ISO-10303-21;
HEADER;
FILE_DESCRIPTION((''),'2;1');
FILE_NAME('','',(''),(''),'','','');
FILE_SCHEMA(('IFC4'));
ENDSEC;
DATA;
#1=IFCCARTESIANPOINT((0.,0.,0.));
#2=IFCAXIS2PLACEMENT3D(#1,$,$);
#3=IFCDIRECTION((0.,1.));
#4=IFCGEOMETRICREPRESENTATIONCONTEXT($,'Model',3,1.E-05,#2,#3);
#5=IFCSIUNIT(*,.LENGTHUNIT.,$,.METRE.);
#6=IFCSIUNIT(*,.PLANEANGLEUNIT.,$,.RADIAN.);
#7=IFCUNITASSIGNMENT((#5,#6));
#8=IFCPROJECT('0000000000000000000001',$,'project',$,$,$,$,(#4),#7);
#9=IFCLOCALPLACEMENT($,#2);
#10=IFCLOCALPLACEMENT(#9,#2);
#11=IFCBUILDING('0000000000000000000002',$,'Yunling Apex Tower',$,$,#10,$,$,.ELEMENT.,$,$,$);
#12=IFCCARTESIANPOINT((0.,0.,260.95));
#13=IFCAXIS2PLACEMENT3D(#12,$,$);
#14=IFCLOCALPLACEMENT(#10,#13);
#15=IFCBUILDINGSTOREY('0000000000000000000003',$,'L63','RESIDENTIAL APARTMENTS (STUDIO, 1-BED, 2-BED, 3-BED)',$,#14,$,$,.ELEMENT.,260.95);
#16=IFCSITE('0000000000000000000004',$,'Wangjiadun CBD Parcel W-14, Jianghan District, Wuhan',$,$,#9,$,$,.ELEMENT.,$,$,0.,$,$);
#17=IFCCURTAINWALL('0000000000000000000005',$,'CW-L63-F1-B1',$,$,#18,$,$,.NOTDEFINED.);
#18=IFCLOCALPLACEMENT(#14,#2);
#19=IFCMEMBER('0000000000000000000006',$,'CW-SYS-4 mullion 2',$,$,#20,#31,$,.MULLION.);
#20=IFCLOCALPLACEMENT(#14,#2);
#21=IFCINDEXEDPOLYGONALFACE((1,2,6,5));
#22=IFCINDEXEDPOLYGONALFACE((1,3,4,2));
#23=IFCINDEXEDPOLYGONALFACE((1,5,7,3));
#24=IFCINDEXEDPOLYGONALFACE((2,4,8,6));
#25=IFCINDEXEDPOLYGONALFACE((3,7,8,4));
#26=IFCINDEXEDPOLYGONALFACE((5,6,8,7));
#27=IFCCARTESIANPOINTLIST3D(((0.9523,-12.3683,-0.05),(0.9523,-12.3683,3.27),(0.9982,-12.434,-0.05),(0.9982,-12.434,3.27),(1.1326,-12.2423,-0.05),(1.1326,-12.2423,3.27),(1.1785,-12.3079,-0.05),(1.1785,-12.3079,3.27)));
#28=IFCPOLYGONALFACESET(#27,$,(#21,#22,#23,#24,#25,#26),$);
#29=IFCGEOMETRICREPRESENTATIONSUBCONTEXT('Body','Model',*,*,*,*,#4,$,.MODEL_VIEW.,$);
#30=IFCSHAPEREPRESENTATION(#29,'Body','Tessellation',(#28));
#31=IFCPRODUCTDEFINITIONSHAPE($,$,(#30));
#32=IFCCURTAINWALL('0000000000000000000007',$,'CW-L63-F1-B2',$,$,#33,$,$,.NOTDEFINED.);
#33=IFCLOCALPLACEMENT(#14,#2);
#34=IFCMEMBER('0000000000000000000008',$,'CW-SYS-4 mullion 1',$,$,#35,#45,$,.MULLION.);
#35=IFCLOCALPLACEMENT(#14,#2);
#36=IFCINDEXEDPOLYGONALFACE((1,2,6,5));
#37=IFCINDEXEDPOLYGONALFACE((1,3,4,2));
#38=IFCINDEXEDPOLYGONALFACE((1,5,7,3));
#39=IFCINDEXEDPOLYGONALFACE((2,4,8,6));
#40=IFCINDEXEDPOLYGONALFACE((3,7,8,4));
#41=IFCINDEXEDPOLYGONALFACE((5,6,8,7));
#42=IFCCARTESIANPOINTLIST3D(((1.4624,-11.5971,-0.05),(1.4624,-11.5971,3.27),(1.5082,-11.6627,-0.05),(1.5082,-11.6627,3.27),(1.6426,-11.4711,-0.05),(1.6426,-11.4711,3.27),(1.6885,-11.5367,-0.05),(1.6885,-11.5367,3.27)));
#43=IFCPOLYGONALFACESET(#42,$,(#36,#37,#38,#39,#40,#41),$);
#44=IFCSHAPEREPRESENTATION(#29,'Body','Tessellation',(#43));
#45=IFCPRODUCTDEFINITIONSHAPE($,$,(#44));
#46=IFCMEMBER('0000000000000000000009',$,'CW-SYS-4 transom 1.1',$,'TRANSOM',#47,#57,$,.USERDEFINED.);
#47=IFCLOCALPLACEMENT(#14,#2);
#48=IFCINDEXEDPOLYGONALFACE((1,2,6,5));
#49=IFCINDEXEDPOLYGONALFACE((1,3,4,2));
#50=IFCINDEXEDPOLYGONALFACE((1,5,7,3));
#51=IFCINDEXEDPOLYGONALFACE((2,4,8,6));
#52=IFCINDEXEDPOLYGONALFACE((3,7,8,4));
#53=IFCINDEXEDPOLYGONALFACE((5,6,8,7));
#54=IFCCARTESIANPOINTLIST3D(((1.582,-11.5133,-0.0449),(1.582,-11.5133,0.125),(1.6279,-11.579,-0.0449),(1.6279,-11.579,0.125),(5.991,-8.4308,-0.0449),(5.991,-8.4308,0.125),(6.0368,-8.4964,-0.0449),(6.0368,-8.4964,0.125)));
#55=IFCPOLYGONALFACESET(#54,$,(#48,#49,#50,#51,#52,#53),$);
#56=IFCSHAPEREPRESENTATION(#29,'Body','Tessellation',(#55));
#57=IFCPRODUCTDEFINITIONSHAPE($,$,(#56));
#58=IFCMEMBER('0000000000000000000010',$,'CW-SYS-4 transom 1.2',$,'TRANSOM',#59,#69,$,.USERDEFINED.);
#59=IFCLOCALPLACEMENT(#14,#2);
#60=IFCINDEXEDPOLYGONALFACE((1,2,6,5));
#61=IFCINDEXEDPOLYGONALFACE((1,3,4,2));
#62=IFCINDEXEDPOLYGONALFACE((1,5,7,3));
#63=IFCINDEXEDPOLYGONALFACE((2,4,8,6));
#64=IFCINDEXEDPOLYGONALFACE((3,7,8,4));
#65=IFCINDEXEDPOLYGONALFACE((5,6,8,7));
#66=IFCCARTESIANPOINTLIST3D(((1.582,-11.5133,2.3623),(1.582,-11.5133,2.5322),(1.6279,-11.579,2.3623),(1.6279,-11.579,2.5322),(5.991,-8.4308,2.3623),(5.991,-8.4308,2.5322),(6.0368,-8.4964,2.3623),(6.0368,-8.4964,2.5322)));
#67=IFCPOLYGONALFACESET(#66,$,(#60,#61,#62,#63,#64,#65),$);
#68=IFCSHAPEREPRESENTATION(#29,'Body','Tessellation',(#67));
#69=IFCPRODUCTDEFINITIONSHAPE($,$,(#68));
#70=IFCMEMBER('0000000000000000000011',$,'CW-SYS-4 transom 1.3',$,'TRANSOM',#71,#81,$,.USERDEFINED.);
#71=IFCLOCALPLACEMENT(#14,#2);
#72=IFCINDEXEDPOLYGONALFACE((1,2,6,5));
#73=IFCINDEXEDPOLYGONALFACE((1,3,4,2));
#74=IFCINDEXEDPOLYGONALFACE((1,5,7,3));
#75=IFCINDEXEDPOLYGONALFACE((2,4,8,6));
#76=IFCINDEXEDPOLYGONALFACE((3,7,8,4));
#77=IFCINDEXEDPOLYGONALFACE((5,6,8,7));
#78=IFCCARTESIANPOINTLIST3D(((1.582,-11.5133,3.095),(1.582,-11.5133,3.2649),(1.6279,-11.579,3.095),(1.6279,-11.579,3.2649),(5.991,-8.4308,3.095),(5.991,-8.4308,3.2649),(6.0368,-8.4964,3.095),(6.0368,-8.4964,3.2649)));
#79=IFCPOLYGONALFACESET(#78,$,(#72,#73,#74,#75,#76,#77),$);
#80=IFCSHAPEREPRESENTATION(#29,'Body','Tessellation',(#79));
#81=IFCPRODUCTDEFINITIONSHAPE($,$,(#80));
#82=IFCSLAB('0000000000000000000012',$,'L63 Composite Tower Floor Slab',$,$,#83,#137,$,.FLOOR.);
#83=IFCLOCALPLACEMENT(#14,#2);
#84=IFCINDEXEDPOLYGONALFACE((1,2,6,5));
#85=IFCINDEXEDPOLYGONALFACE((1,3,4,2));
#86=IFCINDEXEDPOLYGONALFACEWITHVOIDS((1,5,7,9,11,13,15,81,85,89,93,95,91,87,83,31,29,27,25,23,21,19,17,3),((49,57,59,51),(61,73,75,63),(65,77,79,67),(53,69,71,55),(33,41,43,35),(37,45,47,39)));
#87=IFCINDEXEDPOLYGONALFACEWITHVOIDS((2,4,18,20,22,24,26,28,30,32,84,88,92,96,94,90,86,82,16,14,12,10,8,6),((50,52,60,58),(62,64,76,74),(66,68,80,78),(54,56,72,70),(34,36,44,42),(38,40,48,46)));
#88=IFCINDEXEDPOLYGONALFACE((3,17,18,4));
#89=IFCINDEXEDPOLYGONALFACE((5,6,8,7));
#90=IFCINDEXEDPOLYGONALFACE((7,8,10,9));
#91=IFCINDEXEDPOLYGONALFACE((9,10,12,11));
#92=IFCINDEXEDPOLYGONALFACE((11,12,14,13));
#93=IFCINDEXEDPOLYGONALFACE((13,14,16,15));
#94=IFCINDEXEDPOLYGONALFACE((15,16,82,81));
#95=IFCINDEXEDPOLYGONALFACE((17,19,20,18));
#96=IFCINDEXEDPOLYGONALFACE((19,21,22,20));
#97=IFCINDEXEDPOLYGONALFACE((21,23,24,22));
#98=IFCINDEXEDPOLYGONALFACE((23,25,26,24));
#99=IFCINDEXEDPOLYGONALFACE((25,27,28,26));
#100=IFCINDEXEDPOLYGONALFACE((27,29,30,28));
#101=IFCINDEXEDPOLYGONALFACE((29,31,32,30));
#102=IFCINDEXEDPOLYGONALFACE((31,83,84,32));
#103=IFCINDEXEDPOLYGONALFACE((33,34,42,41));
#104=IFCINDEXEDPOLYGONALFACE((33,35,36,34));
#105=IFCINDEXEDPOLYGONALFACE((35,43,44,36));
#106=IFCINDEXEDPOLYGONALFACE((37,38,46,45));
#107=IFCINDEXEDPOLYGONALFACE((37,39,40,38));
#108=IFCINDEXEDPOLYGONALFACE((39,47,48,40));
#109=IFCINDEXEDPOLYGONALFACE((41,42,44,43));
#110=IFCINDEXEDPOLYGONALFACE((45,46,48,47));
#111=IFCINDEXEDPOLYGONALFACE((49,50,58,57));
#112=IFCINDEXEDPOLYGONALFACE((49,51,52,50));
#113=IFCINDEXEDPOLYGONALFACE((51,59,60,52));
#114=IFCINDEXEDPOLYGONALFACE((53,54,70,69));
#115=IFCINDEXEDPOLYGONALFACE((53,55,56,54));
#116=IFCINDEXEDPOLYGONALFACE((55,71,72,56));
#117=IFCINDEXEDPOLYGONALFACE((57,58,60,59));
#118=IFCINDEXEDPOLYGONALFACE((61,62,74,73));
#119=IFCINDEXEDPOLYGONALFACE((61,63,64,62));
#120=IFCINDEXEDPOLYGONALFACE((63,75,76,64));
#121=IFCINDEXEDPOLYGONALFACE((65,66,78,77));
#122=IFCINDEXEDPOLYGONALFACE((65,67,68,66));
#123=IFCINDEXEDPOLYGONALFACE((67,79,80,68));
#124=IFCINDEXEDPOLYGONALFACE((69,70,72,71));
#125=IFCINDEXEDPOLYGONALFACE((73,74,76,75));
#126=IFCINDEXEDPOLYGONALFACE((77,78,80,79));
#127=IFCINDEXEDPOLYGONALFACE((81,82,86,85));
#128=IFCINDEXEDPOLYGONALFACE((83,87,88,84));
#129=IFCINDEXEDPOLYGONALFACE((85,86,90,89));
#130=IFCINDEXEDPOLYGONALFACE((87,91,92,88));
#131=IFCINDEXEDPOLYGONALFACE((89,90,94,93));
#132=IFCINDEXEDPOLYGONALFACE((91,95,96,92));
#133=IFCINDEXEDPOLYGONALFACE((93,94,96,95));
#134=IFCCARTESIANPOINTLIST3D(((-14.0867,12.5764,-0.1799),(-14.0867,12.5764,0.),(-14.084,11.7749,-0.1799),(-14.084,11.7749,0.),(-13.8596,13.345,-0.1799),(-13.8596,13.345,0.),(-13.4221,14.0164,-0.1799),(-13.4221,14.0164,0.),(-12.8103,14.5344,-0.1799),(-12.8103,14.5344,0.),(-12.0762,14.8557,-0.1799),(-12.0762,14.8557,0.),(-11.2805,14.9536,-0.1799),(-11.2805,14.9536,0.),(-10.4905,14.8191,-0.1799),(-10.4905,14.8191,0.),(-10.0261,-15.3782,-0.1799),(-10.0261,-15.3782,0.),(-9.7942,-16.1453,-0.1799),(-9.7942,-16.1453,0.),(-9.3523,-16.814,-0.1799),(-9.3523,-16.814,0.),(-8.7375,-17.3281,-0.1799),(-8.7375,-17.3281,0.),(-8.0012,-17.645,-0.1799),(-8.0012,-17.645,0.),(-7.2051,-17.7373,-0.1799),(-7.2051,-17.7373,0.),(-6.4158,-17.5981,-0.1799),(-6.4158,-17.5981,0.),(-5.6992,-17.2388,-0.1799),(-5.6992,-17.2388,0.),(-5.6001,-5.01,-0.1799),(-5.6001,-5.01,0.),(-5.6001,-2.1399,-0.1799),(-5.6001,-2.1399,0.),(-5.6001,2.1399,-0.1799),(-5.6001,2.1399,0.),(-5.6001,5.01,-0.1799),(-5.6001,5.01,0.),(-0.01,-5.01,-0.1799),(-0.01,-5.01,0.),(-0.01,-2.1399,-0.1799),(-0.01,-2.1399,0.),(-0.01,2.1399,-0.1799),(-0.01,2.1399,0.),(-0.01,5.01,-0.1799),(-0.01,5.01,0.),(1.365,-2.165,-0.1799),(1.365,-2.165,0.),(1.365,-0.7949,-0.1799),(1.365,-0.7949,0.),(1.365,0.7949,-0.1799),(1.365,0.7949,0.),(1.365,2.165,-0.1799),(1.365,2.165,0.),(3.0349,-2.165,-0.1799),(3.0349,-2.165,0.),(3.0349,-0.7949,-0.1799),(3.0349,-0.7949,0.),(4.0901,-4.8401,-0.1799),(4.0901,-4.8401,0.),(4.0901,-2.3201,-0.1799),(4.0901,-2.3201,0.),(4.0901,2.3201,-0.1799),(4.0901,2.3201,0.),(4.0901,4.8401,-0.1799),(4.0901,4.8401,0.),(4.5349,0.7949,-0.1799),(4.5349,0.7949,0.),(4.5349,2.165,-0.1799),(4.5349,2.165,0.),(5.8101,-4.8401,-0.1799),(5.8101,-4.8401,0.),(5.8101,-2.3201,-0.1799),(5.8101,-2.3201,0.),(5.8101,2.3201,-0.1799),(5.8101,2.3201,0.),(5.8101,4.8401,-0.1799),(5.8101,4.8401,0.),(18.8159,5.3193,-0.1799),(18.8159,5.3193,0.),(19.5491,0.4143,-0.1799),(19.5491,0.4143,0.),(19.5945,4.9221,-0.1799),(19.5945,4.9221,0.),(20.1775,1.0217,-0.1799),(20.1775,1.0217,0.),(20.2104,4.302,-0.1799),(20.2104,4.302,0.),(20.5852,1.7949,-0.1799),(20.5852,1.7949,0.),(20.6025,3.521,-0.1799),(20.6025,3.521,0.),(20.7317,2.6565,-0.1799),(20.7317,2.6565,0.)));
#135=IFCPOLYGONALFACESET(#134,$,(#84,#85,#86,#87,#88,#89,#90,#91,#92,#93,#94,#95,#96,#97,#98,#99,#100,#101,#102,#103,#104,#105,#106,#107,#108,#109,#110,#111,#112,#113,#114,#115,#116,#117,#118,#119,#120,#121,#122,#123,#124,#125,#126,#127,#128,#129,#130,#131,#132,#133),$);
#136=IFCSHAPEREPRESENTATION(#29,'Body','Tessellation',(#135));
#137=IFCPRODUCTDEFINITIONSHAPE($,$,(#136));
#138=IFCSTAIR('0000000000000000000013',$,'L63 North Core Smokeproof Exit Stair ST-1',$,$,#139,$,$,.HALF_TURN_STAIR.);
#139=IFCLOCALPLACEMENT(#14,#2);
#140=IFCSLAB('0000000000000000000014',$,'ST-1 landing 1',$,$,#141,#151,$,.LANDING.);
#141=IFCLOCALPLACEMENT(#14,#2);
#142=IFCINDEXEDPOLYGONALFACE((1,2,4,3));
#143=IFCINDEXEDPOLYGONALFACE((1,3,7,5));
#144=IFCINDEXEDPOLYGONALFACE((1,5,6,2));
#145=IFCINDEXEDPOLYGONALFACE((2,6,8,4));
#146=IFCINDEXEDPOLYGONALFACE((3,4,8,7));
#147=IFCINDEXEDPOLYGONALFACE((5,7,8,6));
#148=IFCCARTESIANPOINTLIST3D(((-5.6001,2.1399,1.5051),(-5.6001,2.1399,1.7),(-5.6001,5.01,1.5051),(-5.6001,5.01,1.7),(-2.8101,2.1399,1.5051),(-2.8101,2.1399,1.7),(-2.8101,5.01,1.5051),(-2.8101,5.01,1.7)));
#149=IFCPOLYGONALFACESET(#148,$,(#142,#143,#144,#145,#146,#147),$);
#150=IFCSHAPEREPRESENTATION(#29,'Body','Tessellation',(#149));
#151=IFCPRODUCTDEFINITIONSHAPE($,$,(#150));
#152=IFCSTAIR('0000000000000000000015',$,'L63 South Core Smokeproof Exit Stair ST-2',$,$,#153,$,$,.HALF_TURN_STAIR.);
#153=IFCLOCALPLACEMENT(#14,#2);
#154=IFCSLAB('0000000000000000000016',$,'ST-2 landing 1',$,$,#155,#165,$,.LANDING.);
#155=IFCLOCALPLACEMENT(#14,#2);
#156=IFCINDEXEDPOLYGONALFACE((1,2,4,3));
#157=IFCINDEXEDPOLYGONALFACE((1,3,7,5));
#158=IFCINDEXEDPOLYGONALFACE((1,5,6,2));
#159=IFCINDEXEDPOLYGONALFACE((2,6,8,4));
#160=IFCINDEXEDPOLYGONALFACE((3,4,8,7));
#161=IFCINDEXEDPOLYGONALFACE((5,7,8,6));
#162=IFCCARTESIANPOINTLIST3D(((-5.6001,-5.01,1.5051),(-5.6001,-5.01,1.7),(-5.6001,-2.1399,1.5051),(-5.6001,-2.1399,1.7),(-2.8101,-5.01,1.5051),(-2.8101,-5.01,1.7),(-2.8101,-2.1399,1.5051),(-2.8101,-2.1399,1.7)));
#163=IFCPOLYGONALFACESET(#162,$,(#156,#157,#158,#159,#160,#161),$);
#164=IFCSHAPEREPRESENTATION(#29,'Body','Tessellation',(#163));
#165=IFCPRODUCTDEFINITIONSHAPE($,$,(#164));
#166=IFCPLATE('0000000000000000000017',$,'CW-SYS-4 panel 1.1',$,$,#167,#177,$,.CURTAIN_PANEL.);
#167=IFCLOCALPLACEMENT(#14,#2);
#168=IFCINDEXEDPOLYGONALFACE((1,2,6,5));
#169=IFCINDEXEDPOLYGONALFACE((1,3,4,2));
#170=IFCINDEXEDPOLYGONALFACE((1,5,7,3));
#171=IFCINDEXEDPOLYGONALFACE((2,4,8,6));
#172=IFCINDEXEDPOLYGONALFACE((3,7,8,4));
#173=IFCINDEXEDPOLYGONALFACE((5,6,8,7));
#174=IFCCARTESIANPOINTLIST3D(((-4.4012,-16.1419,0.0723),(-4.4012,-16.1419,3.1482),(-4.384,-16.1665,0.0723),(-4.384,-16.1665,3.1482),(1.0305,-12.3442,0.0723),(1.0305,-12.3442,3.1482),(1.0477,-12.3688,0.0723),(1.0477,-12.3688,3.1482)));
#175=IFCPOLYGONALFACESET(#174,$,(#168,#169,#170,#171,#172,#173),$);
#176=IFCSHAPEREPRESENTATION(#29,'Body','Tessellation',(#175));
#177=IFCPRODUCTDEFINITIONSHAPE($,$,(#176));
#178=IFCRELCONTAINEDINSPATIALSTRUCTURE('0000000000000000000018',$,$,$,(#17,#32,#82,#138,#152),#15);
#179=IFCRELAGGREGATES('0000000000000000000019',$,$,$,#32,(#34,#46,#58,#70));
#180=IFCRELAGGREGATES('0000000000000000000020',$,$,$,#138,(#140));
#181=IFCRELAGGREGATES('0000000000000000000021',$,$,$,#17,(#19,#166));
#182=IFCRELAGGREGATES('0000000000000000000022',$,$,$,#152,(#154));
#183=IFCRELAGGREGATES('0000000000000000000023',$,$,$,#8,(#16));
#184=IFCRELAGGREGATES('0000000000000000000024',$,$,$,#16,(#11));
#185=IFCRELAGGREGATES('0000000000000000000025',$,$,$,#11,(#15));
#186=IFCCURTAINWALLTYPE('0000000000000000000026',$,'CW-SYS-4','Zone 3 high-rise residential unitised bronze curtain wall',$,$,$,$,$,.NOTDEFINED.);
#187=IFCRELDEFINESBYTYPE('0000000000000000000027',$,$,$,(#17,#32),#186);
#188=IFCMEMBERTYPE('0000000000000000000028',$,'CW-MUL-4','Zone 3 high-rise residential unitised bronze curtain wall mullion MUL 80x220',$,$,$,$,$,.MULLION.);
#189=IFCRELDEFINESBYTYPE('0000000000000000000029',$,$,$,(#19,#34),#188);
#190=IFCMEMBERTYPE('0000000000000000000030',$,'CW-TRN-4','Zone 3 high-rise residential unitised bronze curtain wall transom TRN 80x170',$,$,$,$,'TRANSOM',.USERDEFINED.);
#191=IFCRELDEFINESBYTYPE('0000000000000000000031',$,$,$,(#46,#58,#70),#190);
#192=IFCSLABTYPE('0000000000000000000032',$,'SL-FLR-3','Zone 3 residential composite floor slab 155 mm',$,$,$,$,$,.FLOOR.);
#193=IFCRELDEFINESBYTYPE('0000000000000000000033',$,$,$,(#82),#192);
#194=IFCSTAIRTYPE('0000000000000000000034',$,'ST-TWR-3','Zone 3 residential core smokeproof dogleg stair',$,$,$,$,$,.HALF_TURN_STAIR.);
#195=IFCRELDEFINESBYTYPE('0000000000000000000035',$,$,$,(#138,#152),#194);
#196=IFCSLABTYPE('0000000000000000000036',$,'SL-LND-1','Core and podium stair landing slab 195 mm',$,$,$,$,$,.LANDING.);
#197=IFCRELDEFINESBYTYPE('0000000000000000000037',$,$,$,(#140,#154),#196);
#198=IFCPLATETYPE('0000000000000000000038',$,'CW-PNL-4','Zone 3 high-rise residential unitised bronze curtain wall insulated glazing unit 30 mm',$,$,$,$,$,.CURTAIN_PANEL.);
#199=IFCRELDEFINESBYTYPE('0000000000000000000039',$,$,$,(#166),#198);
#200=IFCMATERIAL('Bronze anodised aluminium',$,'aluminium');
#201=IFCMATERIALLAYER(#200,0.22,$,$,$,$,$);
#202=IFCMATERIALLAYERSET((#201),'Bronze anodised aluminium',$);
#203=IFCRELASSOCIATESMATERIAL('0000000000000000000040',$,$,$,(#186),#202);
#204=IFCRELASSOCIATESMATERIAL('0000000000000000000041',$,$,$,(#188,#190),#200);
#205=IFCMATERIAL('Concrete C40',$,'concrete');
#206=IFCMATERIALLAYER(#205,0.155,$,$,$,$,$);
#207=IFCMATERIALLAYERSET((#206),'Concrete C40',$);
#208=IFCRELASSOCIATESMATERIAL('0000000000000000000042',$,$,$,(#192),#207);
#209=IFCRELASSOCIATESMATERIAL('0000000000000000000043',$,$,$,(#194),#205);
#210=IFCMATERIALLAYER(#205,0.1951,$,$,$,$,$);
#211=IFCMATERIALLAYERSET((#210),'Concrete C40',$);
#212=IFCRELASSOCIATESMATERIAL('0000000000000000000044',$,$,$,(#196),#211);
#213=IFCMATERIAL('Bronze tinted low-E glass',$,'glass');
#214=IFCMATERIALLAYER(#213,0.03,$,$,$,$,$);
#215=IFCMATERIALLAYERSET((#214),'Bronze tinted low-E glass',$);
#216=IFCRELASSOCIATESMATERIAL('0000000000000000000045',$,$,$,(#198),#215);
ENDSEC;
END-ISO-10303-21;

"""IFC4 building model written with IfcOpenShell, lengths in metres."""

from ifc_helpers import new_model, si_unit, direction, frame, origin, origin_2d, place, context, subcontext, project, spatial, polyline, rectangle, outline, extrude, source, transform, mapped, material, layer, layer_set, material_profile, profile_set, type_object, element, aggregate, save


model = new_model("IFC4")

# Units and contexts
model_context = context("Model", 3, precision=1e-05, world=origin(), true_north=direction((0.0, 1.0)))
body_context = subcontext(model_context, "Body", "Model", "MODEL_VIEW")
ifc_project = project(units=[si_unit("LENGTHUNIT", "METRE"), si_unit("PLANEANGLEUNIT", "RADIAN")], contexts=[model_context])

# Site, building, storey
site_placement = place(None, origin())
site = spatial("IfcSite", under=ifc_project, at=site_placement, Name="Wangjiadun CBD Parcel W-14, Jianghan District, Wuhan", CompositionType="ELEMENT", RefElevation=0.0)
building_placement = place(site_placement, origin())
building = spatial("IfcBuilding", under=site, at=building_placement, Name="Yunling Apex Tower", CompositionType="ELEMENT")
storey_placement = place(building_placement, frame((0.0, 0.0, 260.95)))
storey = spatial("IfcBuildingStorey", under=building, at=storey_placement, Name="L63", Description="RESIDENTIAL APARTMENTS (STUDIO, 1-BED, 2-BED, 3-BED)", CompositionType="ELEMENT", Elevation=260.95)

# Curtain wall, member
ifc_material_1 = material(Name="Bronze anodised aluminium", Category="aluminium")
ifc_layer_1 = layer(ifc_material_1, 0.22)
ifc_layer_set_1 = layer_set([ifc_layer_1], Name="Bronze anodised aluminium")
curtain_wall_type = type_object("IfcCurtainWallType", Name="CW-SYS-4", Description="Zone 3 high-rise residential unitised bronze curtain wall", PredefinedType="NOTDEFINED", material=ifc_layer_set_1)
curtain_wall_1_placement = place(storey_placement, origin())
curtain_wall_1 = element("IfcCurtainWall", 1, at=curtain_wall_1_placement, inside=storey, type_object=curtain_wall_type, Name="CW-L63-F1-B1", PredefinedType="NOTDEFINED")
ifc_material_profile_1 = material_profile(ifc_material_1, rectangle(XDim=0.0801, YDim=0.22, at=origin_2d()))
ifc_profile_set_1 = profile_set([ifc_material_profile_1], Name="Bronze anodised aluminium")
member_type_1 = type_object("IfcMemberType", Name="CW-MUL-4", Description="Zone 3 high-rise residential unitised bronze curtain wall mullion MUL 80x220", PredefinedType="MULLION", material=ifc_profile_set_1)
shared_shape_1 = source(origin(), body_context, "Body", "SweptSolid", [
    extrude(rectangle(XDim=0.0801, YDim=0.22, at=origin_2d()), origin(), (0.0, 0.0, 1.0), 3.3201),
])
member_1_placement = place(storey_placement, frame((1.0654, -12.3381, -0.05), z_axis=(0.0, 0.0, 1.0), x_axis=(-0.573, 0.819555, 0.0)))
member_1 = element("IfcMember", 2, at=member_1_placement, type_object=member_type_1, Name="CW-SYS-4 mullion 2", PredefinedType="MULLION", context=body_context, shape_type="MappedRepresentation", body=[
    mapped(shared_shape_1, transform((0.0, 0.0, 0.0), scale=1.0)),
])

# Curtain wall, members
curtain_wall_2_placement = place(storey_placement, origin())
curtain_wall_2 = element("IfcCurtainWall", 3, at=curtain_wall_2_placement, inside=storey, type_object=curtain_wall_type, Name="CW-L63-F1-B2", PredefinedType="NOTDEFINED")
member_2_placement = place(storey_placement, frame((1.5754, -11.5669, -0.05), z_axis=(0.0, 0.0, 1.0), x_axis=(-0.572999, 0.819556, 0.0)))
member_2 = element("IfcMember", 4, at=member_2_placement, type_object=member_type_1, Name="CW-SYS-4 mullion 1", PredefinedType="MULLION", context=body_context, shape_type="MappedRepresentation", body=[
    mapped(shared_shape_1, transform((0.0, 0.0, 0.0), scale=1.0)),
])
ifc_material_profile_2 = material_profile(ifc_material_1, rectangle(XDim=0.0801, YDim=0.1699, at=origin_2d()))
ifc_profile_set_2 = profile_set([ifc_material_profile_2], Name="Bronze anodised aluminium")
member_type_2 = type_object("IfcMemberType", Name="CW-TRN-4", Description="Zone 3 high-rise residential unitised bronze curtain wall transom TRN 80x170", ElementType="TRANSOM", PredefinedType="USERDEFINED", material=ifc_profile_set_2)
shared_shape_2 = source(origin(), body_context, "Body", "SweptSolid", [
    extrude(rectangle(XDim=0.0801, YDim=0.1699, at=origin_2d()), origin(), (0.0, 0.0, 1.0), 5.3796),
])
member_3_placement = place(storey_placement, frame((1.605, -11.5461, 0.04), z_axis=(0.819558, 0.572996, 0.0), x_axis=(-0.572996, 0.819558, 0.0)))
member_3 = element("IfcMember", 5, at=member_3_placement, type_object=member_type_2, Name="CW-SYS-4 transom 1.1", ObjectType="TRANSOM", PredefinedType="USERDEFINED", context=body_context, shape_type="MappedRepresentation", body=[
    mapped(shared_shape_2, transform((0.0, 0.0, 0.0), scale=1.0)),
])
member_4_placement = place(storey_placement, frame((1.605, -11.5461, 2.4473), z_axis=(0.819558, 0.572996, 0.0), x_axis=(-0.572996, 0.819558, 0.0)))
member_4 = element("IfcMember", 6, at=member_4_placement, type_object=member_type_2, Name="CW-SYS-4 transom 1.2", ObjectType="TRANSOM", PredefinedType="USERDEFINED", context=body_context, shape_type="MappedRepresentation", body=[
    mapped(shared_shape_2, transform((0.0, 0.0, 0.0), scale=1.0)),
])
member_5_placement = place(storey_placement, frame((1.605, -11.5461, 3.1799), z_axis=(0.819558, 0.572996, 0.0), x_axis=(-0.572996, 0.819558, 0.0)))
member_5 = element("IfcMember", 7, at=member_5_placement, type_object=member_type_2, Name="CW-SYS-4 transom 1.3", ObjectType="TRANSOM", PredefinedType="USERDEFINED", context=body_context, shape_type="MappedRepresentation", body=[
    mapped(shared_shape_2, transform((0.0, 0.0, 0.0), scale=1.0)),
])
aggregate(curtain_wall_2, [member_2, member_3, member_4, member_5])

# Slab
ifc_material_2 = material(Name="Concrete C40", Category="concrete")
ifc_layer_2 = layer(ifc_material_2, 0.155)
ifc_layer_set_2 = layer_set([ifc_layer_2], Name="Concrete C40")
slab_type_1 = type_object("IfcSlabType", Name="SL-FLR-3", Description="Zone 3 residential composite floor slab 155 mm", PredefinedType="FLOOR", material=ifc_layer_set_2)
slab_1_placement = place(storey_placement, frame((0.0, 0.0, -0.1799)))
element("IfcSlab", 8, at=slab_1_placement, inside=storey, type_object=slab_type_1, Name="L63 Composite Tower Floor Slab", PredefinedType="FLOOR", context=body_context, shape_type="SweptSolid", body=[
    extrude(outline(polyline([(-10.0261, -15.3782), (-9.7942, -16.1453), (-9.3523, -16.814), (-8.7375, -17.3281), (-8.0012, -17.645), (-7.2051, -17.7373), (-6.4158, -17.5981), (-5.6992, -17.2388), (19.5491, 0.4143), (20.1775, 1.0217), (20.5852, 1.7949), (20.7317, 2.6565), (20.6025, 3.521), (20.2104, 4.302), (19.5945, 4.9221), (18.8159, 5.3193), (-10.4905, 14.8191), (-11.2805, 14.9536), (-12.0762, 14.8557), (-12.8103, 14.5344), (-13.4221, 14.0164), (-13.8596, 13.345), (-14.0867, 12.5764), (-14.084, 11.7749), (-10.0261, -15.3782)]), holes=[polyline([(4.0901, 4.8401), (5.8101, 4.8401), (5.8101, 2.3201), (4.0901, 2.3201), (4.0901, 4.8401)]), polyline([(4.0901, -4.8401), (4.0901, -2.3201), (5.8101, -2.3201), (5.8101, -4.8401), (4.0901, -4.8401)]), polyline([(4.5349, 0.7949), (1.365, 0.7949), (1.365, 2.165), (4.5349, 2.165), (4.5349, 0.7949)]), polyline([(1.365, -0.7949), (3.0349, -0.7949), (3.0349, -2.165), (1.365, -2.165), (1.365, -0.7949)]), polyline([(-0.01, -5.01), (-5.6001, -5.01), (-5.6001, -2.1399), (-0.01, -2.1399), (-0.01, -5.01)]), polyline([(-0.01, 2.1399), (-5.6001, 2.1399), (-5.6001, 5.01), (-0.01, 5.01), (-0.01, 2.1399)])]), origin(), (0.0, 0.0, 1.0), 0.1799),
])

# Stairs, slabs
stair_type = type_object("IfcStairType", Name="ST-TWR-3", Description="Zone 3 residential core smokeproof dogleg stair", PredefinedType="HALF_TURN_STAIR", material=ifc_material_2)
stair_1_placement = place(storey_placement, origin())
stair_1 = element("IfcStair", 9, at=stair_1_placement, inside=storey, type_object=stair_type, Name="L63 North Core Smokeproof Exit Stair ST-1", PredefinedType="HALF_TURN_STAIR")
ifc_layer_3 = layer(ifc_material_2, 0.1951)
ifc_layer_set_3 = layer_set([ifc_layer_3], Name="Concrete C40")
slab_type_2 = type_object("IfcSlabType", Name="SL-LND-1", Description="Core and podium stair landing slab 195 mm", PredefinedType="LANDING", material=ifc_layer_set_3)
slab_2_placement = place(storey_placement, frame((0.0, 0.0, 1.5051)))
slab_2 = element("IfcSlab", 10, at=slab_2_placement, type_object=slab_type_2, Name="ST-1 landing 1", PredefinedType="LANDING", context=body_context, shape_type="SweptSolid", body=[
    extrude(outline(polyline([(-2.8101, 5.01), (-5.6001, 5.01), (-5.6001, 2.1399), (-2.8101, 2.1399), (-2.8101, 5.01)])), origin(), (0.0, 0.0, 1.0), 0.1948),
])
aggregate(stair_1, [slab_2])
stair_2_placement = place(storey_placement, origin())
stair_2 = element("IfcStair", 11, at=stair_2_placement, inside=storey, type_object=stair_type, Name="L63 South Core Smokeproof Exit Stair ST-2", PredefinedType="HALF_TURN_STAIR")
slab_3_placement = place(storey_placement, frame((0.0, 0.0, 1.5051)))
slab_3 = element("IfcSlab", 12, at=slab_3_placement, type_object=slab_type_2, Name="ST-2 landing 1", PredefinedType="LANDING", context=body_context, shape_type="SweptSolid", body=[
    extrude(outline(polyline([(-2.8101, -2.1399), (-5.6001, -2.1399), (-5.6001, -5.01), (-2.8101, -5.01), (-2.8101, -2.1399)])), origin(), (0.0, 0.0, 1.0), 0.1948),
])

# Plate
ifc_material_3 = material(Name="Bronze tinted low-E glass", Category="glass")
ifc_layer_4 = layer(ifc_material_3, 0.03)
ifc_layer_set_4 = layer_set([ifc_layer_4], Name="Bronze tinted low-E glass")
plate_type = type_object("IfcPlateType", Name="CW-PNL-4", Description="Zone 3 high-rise residential unitised bronze curtain wall insulated glazing unit 30 mm", PredefinedType="CURTAIN_PANEL", material=ifc_layer_set_4)
shared_shape_3 = source(origin(), body_context, "Body", "SweptSolid", [
    extrude(rectangle(XDim=6.6277, YDim=0.03, at=origin_2d()), origin(), (0.0, 0.0, 1.0), 3.0759),
])
plate_placement = place(storey_placement, frame((-1.6768, -14.2554, 0.0723), z_axis=(0.0, 0.0, 1.0), x_axis=(0.819555, 0.573, 0.0)))
plate = element("IfcPlate", 13, at=plate_placement, type_object=plate_type, Name="CW-SYS-4 panel 1.1", PredefinedType="CURTAIN_PANEL", context=body_context, shape_type="MappedRepresentation", body=[
    mapped(shared_shape_3, transform((0.0, 0.0, 0.0), scale=1.0)),
])
aggregate(curtain_wall_1, [member_1, plate])

aggregate(stair_2, [slab_3])

save(model, "model.ifc")
